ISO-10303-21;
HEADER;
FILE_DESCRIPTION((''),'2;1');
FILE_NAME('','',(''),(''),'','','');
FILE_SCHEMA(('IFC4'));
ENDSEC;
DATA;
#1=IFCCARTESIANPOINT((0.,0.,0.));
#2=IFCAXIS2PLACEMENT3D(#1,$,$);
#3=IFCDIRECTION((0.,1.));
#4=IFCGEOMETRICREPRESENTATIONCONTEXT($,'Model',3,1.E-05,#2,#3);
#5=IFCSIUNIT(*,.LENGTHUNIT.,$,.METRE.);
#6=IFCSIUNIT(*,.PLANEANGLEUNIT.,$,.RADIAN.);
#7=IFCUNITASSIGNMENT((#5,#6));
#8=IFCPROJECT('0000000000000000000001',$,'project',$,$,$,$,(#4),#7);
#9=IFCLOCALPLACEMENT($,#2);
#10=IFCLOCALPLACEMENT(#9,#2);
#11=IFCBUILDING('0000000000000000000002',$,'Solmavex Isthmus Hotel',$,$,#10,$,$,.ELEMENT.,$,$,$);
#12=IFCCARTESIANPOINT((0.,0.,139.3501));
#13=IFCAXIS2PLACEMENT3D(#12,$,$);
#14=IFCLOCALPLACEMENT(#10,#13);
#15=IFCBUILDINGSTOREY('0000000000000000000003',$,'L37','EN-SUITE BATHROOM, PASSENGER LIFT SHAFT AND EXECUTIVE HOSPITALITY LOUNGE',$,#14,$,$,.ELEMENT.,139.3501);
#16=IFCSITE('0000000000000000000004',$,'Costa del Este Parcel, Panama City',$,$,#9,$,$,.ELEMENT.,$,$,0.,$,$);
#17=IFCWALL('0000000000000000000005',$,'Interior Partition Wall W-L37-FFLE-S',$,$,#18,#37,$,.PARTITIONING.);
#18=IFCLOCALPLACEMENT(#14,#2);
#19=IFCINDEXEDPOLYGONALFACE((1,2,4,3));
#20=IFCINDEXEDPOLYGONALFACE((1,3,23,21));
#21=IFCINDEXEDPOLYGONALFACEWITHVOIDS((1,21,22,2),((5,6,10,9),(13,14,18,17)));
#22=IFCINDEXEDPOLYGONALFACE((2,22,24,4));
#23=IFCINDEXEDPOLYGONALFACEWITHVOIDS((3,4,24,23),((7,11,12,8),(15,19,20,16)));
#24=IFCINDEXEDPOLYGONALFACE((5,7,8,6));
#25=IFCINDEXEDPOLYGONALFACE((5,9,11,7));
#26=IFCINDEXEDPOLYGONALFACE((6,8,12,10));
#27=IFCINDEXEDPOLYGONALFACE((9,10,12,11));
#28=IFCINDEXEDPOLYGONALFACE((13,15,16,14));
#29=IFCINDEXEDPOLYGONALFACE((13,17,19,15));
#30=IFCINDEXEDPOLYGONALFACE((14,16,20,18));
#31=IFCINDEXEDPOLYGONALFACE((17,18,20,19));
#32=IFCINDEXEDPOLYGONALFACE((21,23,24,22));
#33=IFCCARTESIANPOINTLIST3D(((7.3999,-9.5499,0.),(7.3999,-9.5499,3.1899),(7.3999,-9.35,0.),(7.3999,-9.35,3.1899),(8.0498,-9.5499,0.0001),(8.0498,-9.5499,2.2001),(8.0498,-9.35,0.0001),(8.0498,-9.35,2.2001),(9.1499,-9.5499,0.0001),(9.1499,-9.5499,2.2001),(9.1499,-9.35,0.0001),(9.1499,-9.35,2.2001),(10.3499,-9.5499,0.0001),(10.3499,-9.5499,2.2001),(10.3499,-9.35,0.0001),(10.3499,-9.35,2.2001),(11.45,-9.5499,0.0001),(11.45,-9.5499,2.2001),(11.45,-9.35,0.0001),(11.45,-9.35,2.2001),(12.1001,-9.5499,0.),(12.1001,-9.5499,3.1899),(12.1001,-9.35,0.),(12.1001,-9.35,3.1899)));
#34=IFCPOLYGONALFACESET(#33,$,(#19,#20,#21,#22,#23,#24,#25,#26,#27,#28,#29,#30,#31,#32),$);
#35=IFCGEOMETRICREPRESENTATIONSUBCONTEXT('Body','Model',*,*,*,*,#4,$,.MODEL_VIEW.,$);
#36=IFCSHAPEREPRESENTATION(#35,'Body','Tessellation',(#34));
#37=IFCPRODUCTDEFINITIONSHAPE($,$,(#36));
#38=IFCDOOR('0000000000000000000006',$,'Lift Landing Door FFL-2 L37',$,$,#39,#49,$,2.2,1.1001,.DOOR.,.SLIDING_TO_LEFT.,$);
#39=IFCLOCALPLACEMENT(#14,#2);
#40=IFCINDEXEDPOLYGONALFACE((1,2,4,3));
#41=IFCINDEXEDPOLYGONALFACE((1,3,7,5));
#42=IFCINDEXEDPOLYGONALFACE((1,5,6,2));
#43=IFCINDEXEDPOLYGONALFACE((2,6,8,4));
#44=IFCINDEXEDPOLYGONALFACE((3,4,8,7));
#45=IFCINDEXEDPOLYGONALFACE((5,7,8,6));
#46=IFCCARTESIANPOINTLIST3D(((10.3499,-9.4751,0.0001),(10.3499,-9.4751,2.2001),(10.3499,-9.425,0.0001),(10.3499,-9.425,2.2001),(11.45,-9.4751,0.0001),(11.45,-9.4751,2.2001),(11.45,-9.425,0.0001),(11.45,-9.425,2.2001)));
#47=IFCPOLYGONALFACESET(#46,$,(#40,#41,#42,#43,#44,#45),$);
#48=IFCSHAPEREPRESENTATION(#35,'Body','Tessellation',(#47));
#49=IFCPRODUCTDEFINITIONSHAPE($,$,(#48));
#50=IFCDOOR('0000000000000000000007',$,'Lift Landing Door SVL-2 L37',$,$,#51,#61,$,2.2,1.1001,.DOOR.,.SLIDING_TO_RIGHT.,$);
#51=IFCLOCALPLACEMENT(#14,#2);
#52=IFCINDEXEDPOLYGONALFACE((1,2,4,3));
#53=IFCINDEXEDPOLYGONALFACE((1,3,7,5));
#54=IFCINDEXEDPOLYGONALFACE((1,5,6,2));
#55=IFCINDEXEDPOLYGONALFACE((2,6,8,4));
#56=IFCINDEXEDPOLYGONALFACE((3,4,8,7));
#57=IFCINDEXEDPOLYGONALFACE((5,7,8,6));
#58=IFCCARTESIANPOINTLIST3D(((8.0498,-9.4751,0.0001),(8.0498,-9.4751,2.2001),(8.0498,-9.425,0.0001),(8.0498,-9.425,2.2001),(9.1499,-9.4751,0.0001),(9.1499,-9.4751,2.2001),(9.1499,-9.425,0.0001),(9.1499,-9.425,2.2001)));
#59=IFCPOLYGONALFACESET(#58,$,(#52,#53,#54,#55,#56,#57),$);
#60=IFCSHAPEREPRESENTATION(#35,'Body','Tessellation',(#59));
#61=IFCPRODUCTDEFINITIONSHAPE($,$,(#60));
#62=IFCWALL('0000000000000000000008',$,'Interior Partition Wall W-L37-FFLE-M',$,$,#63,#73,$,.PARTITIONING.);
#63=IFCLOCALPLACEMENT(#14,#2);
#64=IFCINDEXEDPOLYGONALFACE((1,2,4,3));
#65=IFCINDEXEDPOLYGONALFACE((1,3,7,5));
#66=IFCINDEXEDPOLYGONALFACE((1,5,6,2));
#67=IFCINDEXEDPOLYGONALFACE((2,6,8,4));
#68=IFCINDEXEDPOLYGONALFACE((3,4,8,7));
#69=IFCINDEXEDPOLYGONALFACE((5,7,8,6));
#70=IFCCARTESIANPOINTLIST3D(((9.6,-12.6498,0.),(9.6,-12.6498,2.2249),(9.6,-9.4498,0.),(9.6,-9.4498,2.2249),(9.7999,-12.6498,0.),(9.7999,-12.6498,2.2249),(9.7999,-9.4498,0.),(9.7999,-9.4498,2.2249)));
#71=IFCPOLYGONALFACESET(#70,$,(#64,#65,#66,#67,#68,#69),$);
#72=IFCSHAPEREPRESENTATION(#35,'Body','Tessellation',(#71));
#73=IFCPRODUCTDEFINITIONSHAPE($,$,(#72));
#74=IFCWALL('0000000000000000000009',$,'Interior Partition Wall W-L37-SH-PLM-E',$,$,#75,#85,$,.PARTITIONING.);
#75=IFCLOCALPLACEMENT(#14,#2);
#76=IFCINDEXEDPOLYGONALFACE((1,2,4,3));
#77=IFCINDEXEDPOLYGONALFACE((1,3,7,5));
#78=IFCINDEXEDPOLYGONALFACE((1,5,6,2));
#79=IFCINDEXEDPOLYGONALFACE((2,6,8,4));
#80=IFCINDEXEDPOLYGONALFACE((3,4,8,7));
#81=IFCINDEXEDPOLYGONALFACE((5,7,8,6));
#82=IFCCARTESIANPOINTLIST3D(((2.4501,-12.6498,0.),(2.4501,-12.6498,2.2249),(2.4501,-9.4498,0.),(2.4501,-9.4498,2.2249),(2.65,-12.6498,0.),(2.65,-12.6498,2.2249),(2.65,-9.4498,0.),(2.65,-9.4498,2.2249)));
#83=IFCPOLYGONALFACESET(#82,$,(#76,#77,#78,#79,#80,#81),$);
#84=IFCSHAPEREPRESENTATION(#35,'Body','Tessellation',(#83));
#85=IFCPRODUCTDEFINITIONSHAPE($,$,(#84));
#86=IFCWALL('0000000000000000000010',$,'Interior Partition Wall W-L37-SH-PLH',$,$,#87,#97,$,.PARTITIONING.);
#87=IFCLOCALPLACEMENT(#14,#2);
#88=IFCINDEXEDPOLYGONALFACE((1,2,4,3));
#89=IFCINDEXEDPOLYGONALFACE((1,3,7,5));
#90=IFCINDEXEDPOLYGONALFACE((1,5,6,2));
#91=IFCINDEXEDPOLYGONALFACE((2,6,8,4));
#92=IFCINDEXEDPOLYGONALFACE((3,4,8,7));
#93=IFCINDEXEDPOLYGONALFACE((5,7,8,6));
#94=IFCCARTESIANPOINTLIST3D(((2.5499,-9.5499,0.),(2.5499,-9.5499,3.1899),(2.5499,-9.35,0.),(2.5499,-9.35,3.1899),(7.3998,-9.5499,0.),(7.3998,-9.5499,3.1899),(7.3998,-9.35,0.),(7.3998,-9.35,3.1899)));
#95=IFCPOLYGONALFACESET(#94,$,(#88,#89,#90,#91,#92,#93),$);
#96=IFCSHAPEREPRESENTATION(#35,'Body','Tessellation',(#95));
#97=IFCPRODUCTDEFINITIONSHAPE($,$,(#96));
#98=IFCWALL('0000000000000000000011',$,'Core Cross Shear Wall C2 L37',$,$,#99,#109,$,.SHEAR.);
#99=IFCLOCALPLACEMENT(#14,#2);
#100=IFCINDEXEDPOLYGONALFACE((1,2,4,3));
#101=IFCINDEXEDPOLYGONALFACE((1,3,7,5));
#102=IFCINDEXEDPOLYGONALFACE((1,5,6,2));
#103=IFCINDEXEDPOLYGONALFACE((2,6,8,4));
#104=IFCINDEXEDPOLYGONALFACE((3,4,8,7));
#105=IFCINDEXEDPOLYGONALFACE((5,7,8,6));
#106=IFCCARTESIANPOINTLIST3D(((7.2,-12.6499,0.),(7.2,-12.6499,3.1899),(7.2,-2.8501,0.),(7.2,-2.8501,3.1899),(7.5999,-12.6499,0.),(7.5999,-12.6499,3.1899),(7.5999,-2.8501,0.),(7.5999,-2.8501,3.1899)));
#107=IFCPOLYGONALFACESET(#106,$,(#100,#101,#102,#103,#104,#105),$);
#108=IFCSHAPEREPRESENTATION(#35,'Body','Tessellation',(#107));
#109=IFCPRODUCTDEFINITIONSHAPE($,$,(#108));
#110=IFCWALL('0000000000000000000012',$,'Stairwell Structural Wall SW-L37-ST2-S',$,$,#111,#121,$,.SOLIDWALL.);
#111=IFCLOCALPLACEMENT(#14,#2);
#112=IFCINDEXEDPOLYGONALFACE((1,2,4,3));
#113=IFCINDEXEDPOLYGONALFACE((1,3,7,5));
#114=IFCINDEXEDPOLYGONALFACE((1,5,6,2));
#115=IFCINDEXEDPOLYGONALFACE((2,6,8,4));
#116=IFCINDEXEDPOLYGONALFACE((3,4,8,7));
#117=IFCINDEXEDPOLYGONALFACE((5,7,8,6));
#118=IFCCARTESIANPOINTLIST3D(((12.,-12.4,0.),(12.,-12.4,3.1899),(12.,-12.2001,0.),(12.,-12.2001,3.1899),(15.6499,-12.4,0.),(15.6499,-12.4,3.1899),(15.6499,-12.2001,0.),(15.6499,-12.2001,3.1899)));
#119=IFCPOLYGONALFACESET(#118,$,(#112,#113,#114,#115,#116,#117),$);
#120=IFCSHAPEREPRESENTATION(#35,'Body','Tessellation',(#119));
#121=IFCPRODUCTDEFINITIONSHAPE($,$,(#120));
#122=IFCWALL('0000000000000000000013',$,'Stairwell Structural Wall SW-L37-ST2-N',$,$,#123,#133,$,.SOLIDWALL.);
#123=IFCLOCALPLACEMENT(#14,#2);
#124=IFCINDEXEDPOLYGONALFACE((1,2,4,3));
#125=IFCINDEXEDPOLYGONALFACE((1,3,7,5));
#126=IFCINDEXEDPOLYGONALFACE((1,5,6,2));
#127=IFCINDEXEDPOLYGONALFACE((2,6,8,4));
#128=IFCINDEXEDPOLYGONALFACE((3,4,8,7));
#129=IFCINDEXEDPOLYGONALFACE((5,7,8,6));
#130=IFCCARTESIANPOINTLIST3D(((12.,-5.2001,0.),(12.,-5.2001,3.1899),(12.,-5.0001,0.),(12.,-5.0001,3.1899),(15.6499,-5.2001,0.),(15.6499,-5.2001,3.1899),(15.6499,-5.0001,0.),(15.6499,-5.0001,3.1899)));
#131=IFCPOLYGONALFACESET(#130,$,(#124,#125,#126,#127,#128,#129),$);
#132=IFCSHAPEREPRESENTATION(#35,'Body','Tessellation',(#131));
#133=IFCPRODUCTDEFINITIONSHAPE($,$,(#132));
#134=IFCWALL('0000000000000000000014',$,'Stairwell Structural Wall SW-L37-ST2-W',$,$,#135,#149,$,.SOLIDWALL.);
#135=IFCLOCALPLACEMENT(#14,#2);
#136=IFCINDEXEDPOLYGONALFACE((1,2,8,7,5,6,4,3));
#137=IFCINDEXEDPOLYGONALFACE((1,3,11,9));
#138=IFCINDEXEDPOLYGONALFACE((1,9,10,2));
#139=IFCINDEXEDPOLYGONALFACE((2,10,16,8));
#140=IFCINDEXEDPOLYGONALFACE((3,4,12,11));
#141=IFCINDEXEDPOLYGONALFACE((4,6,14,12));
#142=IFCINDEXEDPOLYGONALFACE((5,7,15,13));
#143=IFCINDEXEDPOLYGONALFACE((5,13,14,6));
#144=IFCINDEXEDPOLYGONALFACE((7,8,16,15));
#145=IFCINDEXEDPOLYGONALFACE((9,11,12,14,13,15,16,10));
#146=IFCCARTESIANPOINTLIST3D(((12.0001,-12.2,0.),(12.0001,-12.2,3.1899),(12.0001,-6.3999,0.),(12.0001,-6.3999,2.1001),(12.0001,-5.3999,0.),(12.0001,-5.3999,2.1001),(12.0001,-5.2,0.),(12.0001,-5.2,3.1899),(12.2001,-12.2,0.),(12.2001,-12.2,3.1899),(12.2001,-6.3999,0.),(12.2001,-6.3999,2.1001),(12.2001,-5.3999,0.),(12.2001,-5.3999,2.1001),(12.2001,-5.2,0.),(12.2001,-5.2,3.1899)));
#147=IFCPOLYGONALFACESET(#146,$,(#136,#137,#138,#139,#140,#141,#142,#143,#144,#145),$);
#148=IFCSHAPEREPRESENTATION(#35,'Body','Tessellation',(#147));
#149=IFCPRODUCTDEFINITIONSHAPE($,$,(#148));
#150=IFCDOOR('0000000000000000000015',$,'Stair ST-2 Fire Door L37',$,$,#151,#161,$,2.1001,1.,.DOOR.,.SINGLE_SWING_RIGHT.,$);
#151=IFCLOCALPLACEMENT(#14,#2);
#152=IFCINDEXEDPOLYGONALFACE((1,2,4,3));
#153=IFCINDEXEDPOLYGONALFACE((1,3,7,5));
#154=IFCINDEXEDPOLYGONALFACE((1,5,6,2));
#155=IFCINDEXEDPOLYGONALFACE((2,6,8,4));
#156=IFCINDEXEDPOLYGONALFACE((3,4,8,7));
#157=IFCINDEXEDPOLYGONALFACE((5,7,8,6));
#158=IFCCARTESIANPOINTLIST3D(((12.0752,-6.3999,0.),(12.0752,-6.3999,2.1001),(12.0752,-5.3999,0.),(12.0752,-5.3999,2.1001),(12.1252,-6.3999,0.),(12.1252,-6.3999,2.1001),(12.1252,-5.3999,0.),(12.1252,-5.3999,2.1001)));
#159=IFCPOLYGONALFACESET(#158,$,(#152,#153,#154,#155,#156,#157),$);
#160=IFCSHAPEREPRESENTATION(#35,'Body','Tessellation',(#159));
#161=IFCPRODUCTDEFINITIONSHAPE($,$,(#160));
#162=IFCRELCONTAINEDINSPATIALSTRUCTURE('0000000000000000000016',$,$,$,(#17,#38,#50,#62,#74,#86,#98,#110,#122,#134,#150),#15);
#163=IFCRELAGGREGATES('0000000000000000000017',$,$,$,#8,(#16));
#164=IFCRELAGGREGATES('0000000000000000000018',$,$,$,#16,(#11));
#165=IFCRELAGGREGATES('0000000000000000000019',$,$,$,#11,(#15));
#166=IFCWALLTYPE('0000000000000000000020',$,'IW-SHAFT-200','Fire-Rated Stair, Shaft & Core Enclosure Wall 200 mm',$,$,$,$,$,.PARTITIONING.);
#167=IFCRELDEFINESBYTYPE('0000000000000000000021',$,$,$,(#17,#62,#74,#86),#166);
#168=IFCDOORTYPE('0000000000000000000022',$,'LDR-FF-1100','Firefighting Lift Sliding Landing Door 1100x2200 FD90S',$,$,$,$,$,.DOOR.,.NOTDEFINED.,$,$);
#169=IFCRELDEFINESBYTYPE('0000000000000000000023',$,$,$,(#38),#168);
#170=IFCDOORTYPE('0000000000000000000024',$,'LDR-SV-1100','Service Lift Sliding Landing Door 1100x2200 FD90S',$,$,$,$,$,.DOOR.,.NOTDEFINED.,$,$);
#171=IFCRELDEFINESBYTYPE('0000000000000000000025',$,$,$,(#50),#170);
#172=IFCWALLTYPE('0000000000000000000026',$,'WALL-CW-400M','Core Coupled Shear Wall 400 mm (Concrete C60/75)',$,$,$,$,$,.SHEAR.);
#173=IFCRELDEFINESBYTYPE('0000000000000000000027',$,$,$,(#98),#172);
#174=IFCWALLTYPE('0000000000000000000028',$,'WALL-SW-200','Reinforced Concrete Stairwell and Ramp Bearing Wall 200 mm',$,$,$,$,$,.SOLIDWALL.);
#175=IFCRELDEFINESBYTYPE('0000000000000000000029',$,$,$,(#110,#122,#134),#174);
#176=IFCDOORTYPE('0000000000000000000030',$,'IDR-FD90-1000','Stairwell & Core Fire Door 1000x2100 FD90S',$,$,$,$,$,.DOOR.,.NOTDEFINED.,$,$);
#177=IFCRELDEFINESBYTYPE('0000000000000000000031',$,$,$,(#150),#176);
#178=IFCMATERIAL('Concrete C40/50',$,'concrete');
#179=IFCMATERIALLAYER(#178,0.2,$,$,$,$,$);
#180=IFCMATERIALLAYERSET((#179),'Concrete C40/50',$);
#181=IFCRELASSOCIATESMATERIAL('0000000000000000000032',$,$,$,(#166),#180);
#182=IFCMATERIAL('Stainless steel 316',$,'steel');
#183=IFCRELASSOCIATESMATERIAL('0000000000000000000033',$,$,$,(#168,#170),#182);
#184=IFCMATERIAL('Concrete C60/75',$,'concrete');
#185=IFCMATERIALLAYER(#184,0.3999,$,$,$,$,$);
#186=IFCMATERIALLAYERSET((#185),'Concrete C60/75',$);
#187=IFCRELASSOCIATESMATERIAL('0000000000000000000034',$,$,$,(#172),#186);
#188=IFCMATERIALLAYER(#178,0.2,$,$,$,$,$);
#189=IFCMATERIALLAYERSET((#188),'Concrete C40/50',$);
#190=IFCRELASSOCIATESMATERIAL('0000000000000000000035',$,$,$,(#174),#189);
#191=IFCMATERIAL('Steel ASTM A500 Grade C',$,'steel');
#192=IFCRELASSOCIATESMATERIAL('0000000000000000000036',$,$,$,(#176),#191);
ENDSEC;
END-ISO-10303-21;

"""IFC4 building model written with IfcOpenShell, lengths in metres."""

from ifc_helpers import new_model, si_unit, direction, frame, frame_2d, origin, place, context, subcontext, project, spatial, rectangle, extrude, material, layer, layer_set, type_object, element, fill, save


model = new_model("IFC4")

# Units and contexts
model_context = context("Model", 3, precision=1e-05, world=origin(), true_north=direction((0.0, 1.0)))
body_context = subcontext(model_context, "Body", "Model", "MODEL_VIEW")
ifc_project = project(units=[si_unit("LENGTHUNIT", "METRE"), si_unit("PLANEANGLEUNIT", "RADIAN")], contexts=[model_context])

# Site, building, storey
site_placement = place(None, origin())
site = spatial("IfcSite", under=ifc_project, at=site_placement, Name="Costa del Este Parcel, Panama City", CompositionType="ELEMENT", RefElevation=0.0)
building_placement = place(site_placement, origin())
building = spatial("IfcBuilding", under=site, at=building_placement, Name="Solmavex Isthmus Hotel", CompositionType="ELEMENT")
storey_placement = place(building_placement, frame((0.0, 0.0, 139.3501)))
storey = spatial("IfcBuildingStorey", under=building, at=storey_placement, Name="L37", Description="EN-SUITE BATHROOM, PASSENGER LIFT SHAFT AND EXECUTIVE HOSPITALITY LOUNGE", CompositionType="ELEMENT", Elevation=139.3501)

# Shared definitions
ifc_material_1 = material(Name="Concrete C60/75", Category="concrete")

# Shared definitions
ifc_material_2 = material(Name="Concrete C40/50", Category="concrete")

# Shared definitions
ifc_layer_1 = layer(ifc_material_2, 0.2)
ifc_layer_set_1 = layer_set([ifc_layer_1], Name="Concrete C40/50")
wall_type_1 = type_object("IfcWallType", Name="IW-SHAFT-200", Description="Fire-Rated Stair, Shaft & Core Enclosure Wall 200 mm", PredefinedType="PARTITIONING", material=ifc_layer_set_1)
ifc_material_3 = material(Name="Steel ASTM A500 Grade C", Category="steel")

# Wall, openings, doors
wall_1_placement = place(storey_placement, frame((7.3999, -9.45, 0.0), z_axis=(0.0, 0.0, 1.0), x_axis=(1.0, 0.0, 0.0)))
wall_1 = element("IfcWall", 1, at=wall_1_placement, inside=storey, type_object=wall_type_1, Name="Interior Partition Wall W-L37-FFLE-S", PredefinedType="PARTITIONING", context=body_context, shape_type="SweptSolid", body=[
    extrude(rectangle(XDim=4.7002, YDim=0.2, at=frame_2d((2.3501, 0.0))), origin(), (0.0, 0.0, 1.0), 3.1899),
])
opening_1_placement = place(wall_1_placement, frame((2.95, 0.0, 0.0)))
opening_1 = element("IfcOpeningElement", 2, at=opening_1_placement, cuts=wall_1, PredefinedType="OPENING", context=body_context, shape_type="SweptSolid", body=[
    extrude(rectangle(XDim=1.1001, YDim=2.2, at=frame_2d((0.55, 1.1001))), frame((0.0, 0.1099, 0.0), z_axis=(0.0, -1.0, 0.0), x_axis=(1.0, 0.0, 0.0)), (0.0, 0.0, 1.0), 0.22),
])
opening_2_placement = place(wall_1_placement, frame((0.6499, 0.0, 0.0)))
opening_2 = element("IfcOpeningElement", 3, at=opening_2_placement, cuts=wall_1, PredefinedType="OPENING", context=body_context, shape_type="SweptSolid", body=[
    extrude(rectangle(XDim=1.1001, YDim=2.2, at=frame_2d((0.55, 1.1001))), frame((0.0, 0.1099, 0.0), z_axis=(0.0, -1.0, 0.0), x_axis=(1.0, 0.0, 0.0)), (0.0, 0.0, 1.0), 0.22),
])
ifc_material_4 = material(Name="Stainless steel 316", Category="steel")
door_type_1 = type_object("IfcDoorType", Name="LDR-FF-1100", Description="Firefighting Lift Sliding Landing Door 1100x2200 FD90S", OperationType="NOTDEFINED", PredefinedType="DOOR", material=ifc_material_4)
door_1_placement = place(opening_1_placement, origin())
door_1 = element("IfcDoor", 4, at=door_1_placement, inside=storey, type_object=door_type_1, Name="Lift Landing Door FFL-2 L37", OperationType="SLIDING_TO_LEFT", OverallHeight=2.2, OverallWidth=1.1001, PredefinedType="DOOR", context=body_context, shape_type="SweptSolid", body=[
    extrude(rectangle(XDim=1.1001, YDim=2.2, at=frame_2d((0.55, 1.1001))), frame((0.0, 0.0249, 0.0), z_axis=(0.0, -1.0, 0.0), x_axis=(1.0, 0.0, 0.0)), (0.0, 0.0, 1.0), 0.05),
])
fill(opening_1, door_1)
door_type_2 = type_object("IfcDoorType", Name="LDR-SV-1100", Description="Service Lift Sliding Landing Door 1100x2200 FD90S", OperationType="NOTDEFINED", PredefinedType="DOOR", material=ifc_material_4)
door_2_placement = place(opening_2_placement, origin())
door_2 = element("IfcDoor", 5, at=door_2_placement, inside=storey, type_object=door_type_2, Name="Lift Landing Door SVL-2 L37", OperationType="SLIDING_TO_RIGHT", OverallHeight=2.2, OverallWidth=1.1001, PredefinedType="DOOR", context=body_context, shape_type="SweptSolid", body=[
    extrude(rectangle(XDim=1.1001, YDim=2.2, at=frame_2d((0.55, 1.1001))), frame((0.0, 0.0249, 0.0), z_axis=(0.0, -1.0, 0.0), x_axis=(1.0, 0.0, 0.0)), (0.0, 0.0, 1.0), 0.05),
])
fill(opening_2, door_2)

# Walls
for number, where, z_axis, x_axis, name in (
    (6, (9.7, -12.6499, 0.0), (0.0, 0.0, 1.0), (0.0, 1.0, 0.0), "Interior Partition Wall W-L37-FFLE-M"),
    (7, (2.55, -12.6499, 0.0), (0.0, 0.0, 1.0), (0.0, 1.0, 0.0), "Interior Partition Wall W-L37-SH-PLM-E"),
):
    element("IfcWall", number, at=place(storey_placement, frame(where, z_axis=z_axis, x_axis=x_axis)), inside=storey, type_object=wall_type_1, Name=name, PredefinedType="PARTITIONING", context=body_context, shape_type="SweptSolid", body=[
        extrude(rectangle(XDim=3.2, YDim=0.2, at=frame_2d((1.6001, 0.0))), origin(), (0.0, 0.0, 1.0), 2.2249),
    ])
wall_2_placement = place(storey_placement, frame((2.55, -9.45, 0.0), z_axis=(0.0, 0.0, 1.0), x_axis=(1.0, 0.0, 0.0)))
element("IfcWall", 8, at=wall_2_placement, inside=storey, type_object=wall_type_1, Name="Interior Partition Wall W-L37-SH-PLH", PredefinedType="PARTITIONING", context=body_context, shape_type="SweptSolid", body=[
    extrude(rectangle(XDim=4.8499, YDim=0.2, at=frame_2d((2.4248, 0.0))), origin(), (0.0, 0.0, 1.0), 3.1899),
])
ifc_layer_2 = layer(ifc_material_1, 0.3999)
ifc_layer_set_2 = layer_set([ifc_layer_2], Name="Concrete C60/75")
wall_type_2 = type_object("IfcWallType", Name="WALL-CW-400M", Description="Core Coupled Shear Wall 400 mm (Concrete C60/75)", PredefinedType="SHEAR", material=ifc_layer_set_2)
wall_3_placement = place(storey_placement, frame((7.3999, -12.6499, 0.0), z_axis=(0.0, 0.0, 1.0), x_axis=(0.0, 1.0, 0.0)))
element("IfcWall", 9, at=wall_3_placement, inside=storey, type_object=wall_type_2, Name="Core Cross Shear Wall C2 L37", PredefinedType="SHEAR", context=body_context, shape_type="SweptSolid", body=[
    extrude(rectangle(XDim=9.7998, YDim=0.3999, at=frame_2d((4.8999, 0.0))), origin(), (0.0, 0.0, 1.0), 3.1899),
])
ifc_layer_3 = layer(ifc_material_2, 0.2)
ifc_layer_set_3 = layer_set([ifc_layer_3], Name="Concrete C40/50")
wall_type_3 = type_object("IfcWallType", Name="WALL-SW-200", Description="Reinforced Concrete Stairwell and Ramp Bearing Wall 200 mm", PredefinedType="SOLIDWALL", material=ifc_layer_set_3)
for number, where, z_axis, x_axis, name in (
    (10, (12.0, -12.3, 0.0), (0.0, 0.0, 1.0), (1.0, 0.0, 0.0), "Stairwell Structural Wall SW-L37-ST2-S"),
    (11, (12.0, -5.1001, 0.0), (0.0, 0.0, 1.0), (1.0, 0.0, 0.0), "Stairwell Structural Wall SW-L37-ST2-N"),
):
    element("IfcWall", number, at=place(storey_placement, frame(where, z_axis=z_axis, x_axis=x_axis)), inside=storey, type_object=wall_type_3, Name=name, PredefinedType="SOLIDWALL", context=body_context, shape_type="SweptSolid", body=[
        extrude(rectangle(XDim=3.6499, YDim=0.2, at=frame_2d((1.825, 0.0))), origin(), (0.0, 0.0, 1.0), 3.1899),
    ])

# Wall, opening, door
wall_4_placement = place(storey_placement, frame((12.1001, -12.2, 0.0), z_axis=(0.0, 0.0, 1.0), x_axis=(0.0, 1.0, 0.0)))
wall_4 = element("IfcWall", 12, at=wall_4_placement, inside=storey, type_object=wall_type_3, Name="Stairwell Structural Wall SW-L37-ST2-W", PredefinedType="SOLIDWALL", context=body_context, shape_type="SweptSolid", body=[
    extrude(rectangle(XDim=7.0, YDim=0.2, at=frame_2d((3.5, 0.0))), origin(), (0.0, 0.0, 1.0), 3.1899),
])
opening_3_placement = place(wall_4_placement, frame((5.8, 0.0, 0.0)))
opening_3 = element("IfcOpeningElement", 13, at=opening_3_placement, cuts=wall_4, PredefinedType="OPENING", context=body_context, shape_type="SweptSolid", body=[
    extrude(rectangle(XDim=1.0, YDim=2.1001, at=frame_2d((0.5, 1.05))), frame((0.0, 0.1099, 0.0), z_axis=(0.0, -1.0, 0.0), x_axis=(1.0, 0.0, 0.0)), (0.0, 0.0, 1.0), 0.22),
])
door_type_3 = type_object("IfcDoorType", Name="IDR-FD90-1000", Description="Stairwell & Core Fire Door 1000x2100 FD90S", OperationType="NOTDEFINED", PredefinedType="DOOR", material=ifc_material_3)
door_3_placement = place(opening_3_placement, origin())
door_3 = element("IfcDoor", 14, at=door_3_placement, inside=storey, type_object=door_type_3, Name="Stair ST-2 Fire Door L37", OperationType="SINGLE_SWING_RIGHT", OverallHeight=2.1001, OverallWidth=1.0, PredefinedType="DOOR", context=body_context, shape_type="SweptSolid", body=[
    extrude(rectangle(XDim=1.0, YDim=2.1001, at=frame_2d((0.5, 1.05))), frame((0.0, 0.0249, 0.0), z_axis=(0.0, -1.0, 0.0), x_axis=(1.0, 0.0, 0.0)), (0.0, 0.0, 1.0), 0.05),
])
fill(opening_3, door_3)

save(model, "model.ifc")
